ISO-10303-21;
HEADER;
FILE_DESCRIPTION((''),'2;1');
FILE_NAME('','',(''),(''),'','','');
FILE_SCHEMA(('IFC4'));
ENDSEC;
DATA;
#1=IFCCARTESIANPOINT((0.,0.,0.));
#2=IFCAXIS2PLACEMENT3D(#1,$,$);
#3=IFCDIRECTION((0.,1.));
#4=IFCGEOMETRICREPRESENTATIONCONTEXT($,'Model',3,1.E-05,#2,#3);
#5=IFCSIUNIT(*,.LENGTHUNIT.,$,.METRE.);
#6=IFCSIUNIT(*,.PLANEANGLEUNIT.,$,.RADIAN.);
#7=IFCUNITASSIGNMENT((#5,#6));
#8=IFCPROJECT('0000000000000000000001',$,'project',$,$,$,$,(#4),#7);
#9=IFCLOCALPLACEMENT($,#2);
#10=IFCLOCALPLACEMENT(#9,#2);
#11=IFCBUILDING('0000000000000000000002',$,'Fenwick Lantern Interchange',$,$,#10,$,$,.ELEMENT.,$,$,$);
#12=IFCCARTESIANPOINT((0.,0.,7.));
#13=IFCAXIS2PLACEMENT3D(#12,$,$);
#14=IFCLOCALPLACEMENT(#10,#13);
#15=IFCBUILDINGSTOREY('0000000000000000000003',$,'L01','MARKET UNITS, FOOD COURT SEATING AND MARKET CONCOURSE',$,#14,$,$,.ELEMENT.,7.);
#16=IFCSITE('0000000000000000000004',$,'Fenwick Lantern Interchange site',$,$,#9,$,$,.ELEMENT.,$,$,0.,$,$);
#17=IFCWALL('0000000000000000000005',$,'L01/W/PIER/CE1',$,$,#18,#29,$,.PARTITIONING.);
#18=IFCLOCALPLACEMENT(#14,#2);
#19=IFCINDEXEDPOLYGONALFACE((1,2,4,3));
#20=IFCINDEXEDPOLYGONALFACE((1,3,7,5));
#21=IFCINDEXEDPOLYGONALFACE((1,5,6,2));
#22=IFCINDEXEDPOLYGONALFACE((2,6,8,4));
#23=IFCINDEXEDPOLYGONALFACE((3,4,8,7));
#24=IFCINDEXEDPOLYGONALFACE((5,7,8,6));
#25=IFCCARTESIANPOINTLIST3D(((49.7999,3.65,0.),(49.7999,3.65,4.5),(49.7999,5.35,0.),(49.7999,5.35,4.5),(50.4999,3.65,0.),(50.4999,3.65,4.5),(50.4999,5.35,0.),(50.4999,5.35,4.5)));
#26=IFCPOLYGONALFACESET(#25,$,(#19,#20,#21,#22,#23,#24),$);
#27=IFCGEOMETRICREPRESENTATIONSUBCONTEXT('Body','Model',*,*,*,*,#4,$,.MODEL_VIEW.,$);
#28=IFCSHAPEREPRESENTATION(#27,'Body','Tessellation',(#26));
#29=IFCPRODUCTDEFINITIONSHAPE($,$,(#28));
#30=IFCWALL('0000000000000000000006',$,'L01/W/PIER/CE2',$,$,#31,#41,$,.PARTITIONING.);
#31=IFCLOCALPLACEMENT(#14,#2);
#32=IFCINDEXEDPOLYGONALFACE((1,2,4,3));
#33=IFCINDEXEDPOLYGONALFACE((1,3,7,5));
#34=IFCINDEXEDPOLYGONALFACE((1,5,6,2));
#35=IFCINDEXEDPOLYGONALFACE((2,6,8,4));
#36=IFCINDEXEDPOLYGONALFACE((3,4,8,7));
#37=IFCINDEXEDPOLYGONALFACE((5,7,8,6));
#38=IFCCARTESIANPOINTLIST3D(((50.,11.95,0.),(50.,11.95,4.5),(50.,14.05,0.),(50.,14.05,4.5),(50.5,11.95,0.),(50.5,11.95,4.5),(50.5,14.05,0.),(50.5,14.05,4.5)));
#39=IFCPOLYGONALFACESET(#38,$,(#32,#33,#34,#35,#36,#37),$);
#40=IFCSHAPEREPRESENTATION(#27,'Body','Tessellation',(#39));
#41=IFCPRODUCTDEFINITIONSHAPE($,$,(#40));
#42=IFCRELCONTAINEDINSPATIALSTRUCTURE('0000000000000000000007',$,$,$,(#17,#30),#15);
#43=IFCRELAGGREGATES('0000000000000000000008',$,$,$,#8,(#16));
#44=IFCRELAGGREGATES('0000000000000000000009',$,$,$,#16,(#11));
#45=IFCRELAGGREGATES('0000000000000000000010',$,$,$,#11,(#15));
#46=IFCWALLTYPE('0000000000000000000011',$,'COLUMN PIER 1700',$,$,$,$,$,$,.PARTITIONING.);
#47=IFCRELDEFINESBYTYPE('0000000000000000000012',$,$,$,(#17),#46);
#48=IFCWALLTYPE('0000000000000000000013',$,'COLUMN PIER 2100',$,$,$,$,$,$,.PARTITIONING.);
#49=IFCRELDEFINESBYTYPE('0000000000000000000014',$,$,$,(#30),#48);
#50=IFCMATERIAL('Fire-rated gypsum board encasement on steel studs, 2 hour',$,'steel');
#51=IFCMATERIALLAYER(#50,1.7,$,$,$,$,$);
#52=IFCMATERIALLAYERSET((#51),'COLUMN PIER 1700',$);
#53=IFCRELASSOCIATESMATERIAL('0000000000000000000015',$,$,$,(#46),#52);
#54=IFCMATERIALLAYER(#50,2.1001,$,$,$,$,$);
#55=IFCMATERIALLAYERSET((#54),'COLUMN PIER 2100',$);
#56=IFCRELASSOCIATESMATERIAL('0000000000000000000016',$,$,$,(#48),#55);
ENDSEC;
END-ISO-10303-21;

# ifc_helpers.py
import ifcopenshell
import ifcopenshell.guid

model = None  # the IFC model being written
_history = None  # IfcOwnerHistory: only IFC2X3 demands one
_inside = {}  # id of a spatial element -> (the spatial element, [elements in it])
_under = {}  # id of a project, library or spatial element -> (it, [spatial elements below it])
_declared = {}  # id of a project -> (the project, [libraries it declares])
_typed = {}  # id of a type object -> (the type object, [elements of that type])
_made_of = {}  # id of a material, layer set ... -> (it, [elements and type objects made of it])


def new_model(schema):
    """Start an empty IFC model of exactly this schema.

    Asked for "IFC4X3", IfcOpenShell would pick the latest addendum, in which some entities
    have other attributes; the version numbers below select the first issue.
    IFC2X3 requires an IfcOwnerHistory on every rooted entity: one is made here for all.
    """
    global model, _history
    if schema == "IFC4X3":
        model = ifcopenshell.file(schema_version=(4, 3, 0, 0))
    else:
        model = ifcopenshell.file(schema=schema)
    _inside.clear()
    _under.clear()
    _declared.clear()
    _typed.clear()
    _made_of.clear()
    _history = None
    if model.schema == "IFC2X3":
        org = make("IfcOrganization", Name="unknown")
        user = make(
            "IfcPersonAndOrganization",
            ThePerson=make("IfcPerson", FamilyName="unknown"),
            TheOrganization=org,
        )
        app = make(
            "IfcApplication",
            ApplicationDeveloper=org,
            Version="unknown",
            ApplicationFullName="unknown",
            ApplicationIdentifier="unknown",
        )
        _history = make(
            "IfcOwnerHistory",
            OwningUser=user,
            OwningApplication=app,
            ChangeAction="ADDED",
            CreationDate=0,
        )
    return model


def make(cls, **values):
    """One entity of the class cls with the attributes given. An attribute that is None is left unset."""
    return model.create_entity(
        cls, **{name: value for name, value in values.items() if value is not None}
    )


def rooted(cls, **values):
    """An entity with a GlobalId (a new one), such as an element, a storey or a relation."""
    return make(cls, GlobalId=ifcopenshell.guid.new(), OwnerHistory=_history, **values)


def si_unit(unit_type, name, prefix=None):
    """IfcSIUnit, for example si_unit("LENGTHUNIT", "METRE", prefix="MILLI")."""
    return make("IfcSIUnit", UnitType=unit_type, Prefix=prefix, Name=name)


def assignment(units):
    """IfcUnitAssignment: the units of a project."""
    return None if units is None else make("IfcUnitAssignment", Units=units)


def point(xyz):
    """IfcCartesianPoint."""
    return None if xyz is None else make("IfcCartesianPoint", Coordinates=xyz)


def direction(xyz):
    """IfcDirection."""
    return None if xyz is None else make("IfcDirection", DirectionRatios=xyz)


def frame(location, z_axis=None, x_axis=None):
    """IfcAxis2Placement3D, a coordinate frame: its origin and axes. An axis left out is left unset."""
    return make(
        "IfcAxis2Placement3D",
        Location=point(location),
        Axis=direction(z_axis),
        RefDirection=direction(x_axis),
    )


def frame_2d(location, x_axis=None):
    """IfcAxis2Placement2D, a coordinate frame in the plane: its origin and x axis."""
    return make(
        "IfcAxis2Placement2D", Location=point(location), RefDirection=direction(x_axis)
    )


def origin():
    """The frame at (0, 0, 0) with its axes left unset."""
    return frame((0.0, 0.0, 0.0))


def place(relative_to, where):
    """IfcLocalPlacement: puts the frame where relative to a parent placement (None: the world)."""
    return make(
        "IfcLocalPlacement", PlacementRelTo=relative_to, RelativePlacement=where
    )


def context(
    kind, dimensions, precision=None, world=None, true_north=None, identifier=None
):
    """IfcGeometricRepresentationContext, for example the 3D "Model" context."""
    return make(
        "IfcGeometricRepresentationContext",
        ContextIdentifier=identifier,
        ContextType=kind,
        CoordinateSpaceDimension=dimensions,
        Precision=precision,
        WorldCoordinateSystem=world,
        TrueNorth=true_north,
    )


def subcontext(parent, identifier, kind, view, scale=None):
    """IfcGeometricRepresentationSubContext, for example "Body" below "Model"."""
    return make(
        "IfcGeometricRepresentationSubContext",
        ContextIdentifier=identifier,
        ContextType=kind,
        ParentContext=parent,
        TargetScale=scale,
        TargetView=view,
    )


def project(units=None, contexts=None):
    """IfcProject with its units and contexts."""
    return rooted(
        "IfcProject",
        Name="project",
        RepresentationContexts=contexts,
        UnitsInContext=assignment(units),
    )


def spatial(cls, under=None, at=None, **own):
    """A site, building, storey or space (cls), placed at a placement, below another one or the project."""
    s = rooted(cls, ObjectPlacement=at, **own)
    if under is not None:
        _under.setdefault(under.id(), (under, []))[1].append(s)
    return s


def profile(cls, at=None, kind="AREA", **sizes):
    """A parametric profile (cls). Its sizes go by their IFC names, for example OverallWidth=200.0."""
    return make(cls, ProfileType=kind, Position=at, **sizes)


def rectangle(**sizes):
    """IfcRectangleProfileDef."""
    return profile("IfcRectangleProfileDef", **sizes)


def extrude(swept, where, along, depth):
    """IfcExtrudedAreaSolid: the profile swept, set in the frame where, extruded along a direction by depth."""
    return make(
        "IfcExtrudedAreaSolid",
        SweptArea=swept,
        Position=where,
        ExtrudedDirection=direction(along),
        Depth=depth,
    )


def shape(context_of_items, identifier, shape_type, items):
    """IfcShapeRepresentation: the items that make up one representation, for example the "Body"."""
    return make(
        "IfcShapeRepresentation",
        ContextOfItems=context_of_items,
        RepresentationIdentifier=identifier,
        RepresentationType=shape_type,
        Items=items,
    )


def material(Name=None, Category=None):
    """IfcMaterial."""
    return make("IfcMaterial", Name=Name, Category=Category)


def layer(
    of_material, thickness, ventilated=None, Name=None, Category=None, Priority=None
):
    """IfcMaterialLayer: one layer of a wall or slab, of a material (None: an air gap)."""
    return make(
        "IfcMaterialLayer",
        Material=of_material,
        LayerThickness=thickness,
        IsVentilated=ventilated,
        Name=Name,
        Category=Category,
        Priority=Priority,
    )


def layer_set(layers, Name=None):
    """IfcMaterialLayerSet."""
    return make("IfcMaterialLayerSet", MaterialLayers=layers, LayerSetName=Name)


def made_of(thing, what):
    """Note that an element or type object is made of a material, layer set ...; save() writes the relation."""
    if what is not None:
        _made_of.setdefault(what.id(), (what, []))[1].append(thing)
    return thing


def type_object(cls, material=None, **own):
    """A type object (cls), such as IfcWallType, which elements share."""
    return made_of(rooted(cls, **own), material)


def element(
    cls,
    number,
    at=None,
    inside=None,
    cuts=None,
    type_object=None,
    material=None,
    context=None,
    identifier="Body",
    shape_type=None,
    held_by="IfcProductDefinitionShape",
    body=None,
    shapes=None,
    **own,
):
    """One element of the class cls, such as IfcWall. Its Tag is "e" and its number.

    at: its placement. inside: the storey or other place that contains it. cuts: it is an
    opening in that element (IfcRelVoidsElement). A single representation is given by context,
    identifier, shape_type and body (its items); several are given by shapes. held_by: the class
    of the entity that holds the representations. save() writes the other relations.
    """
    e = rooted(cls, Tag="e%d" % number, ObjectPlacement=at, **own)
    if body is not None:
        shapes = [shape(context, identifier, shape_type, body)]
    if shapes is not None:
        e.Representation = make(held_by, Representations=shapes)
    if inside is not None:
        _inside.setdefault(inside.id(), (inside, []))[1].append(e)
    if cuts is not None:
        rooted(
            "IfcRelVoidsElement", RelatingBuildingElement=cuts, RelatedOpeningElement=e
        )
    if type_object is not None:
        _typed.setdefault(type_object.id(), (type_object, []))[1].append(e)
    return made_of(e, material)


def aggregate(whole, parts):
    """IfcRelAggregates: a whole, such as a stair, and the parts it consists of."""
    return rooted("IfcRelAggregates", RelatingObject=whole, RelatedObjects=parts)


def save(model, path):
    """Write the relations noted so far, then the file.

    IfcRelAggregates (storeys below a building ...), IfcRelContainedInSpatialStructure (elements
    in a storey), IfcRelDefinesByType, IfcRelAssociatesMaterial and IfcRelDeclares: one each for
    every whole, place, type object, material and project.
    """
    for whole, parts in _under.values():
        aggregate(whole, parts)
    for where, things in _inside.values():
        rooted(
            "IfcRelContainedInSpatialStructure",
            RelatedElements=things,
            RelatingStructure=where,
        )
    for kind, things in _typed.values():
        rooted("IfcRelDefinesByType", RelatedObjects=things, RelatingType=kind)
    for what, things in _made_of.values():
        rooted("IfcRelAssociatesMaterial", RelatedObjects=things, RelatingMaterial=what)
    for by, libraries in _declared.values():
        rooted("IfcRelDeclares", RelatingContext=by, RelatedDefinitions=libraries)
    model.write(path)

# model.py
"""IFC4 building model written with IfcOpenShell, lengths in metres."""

from ifc_helpers import new_model, si_unit, direction, frame, frame_2d, origin, place, context, subcontext, project, spatial, rectangle, extrude, material, layer, layer_set, type_object, element, save


model = new_model("IFC4")

# Units and contexts
model_context = context("Model", 3, precision=1e-05, world=origin(), true_north=direction((0.0, 1.0)))
body_context = subcontext(model_context, "Body", "Model", "MODEL_VIEW")
ifc_project = project(units=[si_unit("LENGTHUNIT", "METRE"), si_unit("PLANEANGLEUNIT", "RADIAN")], contexts=[model_context])

# Site, building, storey
site_placement = place(None, origin())
site = spatial("IfcSite", under=ifc_project, at=site_placement, Name="Fenwick Lantern Interchange site", CompositionType="ELEMENT", RefElevation=0.0)
building_placement = place(site_placement, origin())
building = spatial("IfcBuilding", under=site, at=building_placement, Name="Fenwick Lantern Interchange", CompositionType="ELEMENT")
storey_placement = place(building_placement, frame((0.0, 0.0, 7.0)))
storey = spatial("IfcBuildingStorey", under=building, at=storey_placement, Name="L01", Description="MARKET UNITS, FOOD COURT SEATING AND MARKET CONCOURSE", CompositionType="ELEMENT", Elevation=7.0)

# Walls
ifc_material_1 = material(Name="Fire-rated gypsum board encasement on steel studs, 2 hour", Category="steel")
ifc_layer_1 = layer(ifc_material_1, 1.7)
ifc_layer_set_1 = layer_set([ifc_layer_1], Name="COLUMN PIER 1700")
wall_type_1 = type_object("IfcWallType", Name="COLUMN PIER 1700", PredefinedType="PARTITIONING", material=ifc_layer_set_1)
wall_1_placement = place(storey_placement, frame((50.5, 4.5, 0.0), z_axis=(0.0, 0.0, 1.0), x_axis=(-1.0, 0.0, 0.0)))
element("IfcWall", 1, at=wall_1_placement, inside=storey, type_object=wall_type_1, Name="L01/W/PIER/CE1", PredefinedType="PARTITIONING", context=body_context, shape_type="SweptSolid", body=[
    extrude(rectangle(XDim=0.7, YDim=1.7, at=frame_2d((0.3501, 0.0))), origin(), (0.0, 0.0, 1.0), 4.5),
])
ifc_layer_2 = layer(ifc_material_1, 2.1001)
ifc_layer_set_2 = layer_set([ifc_layer_2], Name="COLUMN PIER 2100")
wall_type_2 = type_object("IfcWallType", Name="COLUMN PIER 2100", PredefinedType="PARTITIONING", material=ifc_layer_set_2)
wall_2_placement = place(storey_placement, frame((50.5, 13.0, 0.0), z_axis=(0.0, 0.0, 1.0), x_axis=(-1.0, 0.0, 0.0)))
element("IfcWall", 2, at=wall_2_placement, inside=storey, type_object=wall_type_2, Name="L01/W/PIER/CE2", PredefinedType="PARTITIONING", context=body_context, shape_type="SweptSolid", body=[
    extrude(rectangle(XDim=0.5, YDim=2.1001, at=frame_2d((0.25, 0.0))), origin(), (0.0, 0.0, 1.0), 4.5),
])

save(model, "model.ifc")
